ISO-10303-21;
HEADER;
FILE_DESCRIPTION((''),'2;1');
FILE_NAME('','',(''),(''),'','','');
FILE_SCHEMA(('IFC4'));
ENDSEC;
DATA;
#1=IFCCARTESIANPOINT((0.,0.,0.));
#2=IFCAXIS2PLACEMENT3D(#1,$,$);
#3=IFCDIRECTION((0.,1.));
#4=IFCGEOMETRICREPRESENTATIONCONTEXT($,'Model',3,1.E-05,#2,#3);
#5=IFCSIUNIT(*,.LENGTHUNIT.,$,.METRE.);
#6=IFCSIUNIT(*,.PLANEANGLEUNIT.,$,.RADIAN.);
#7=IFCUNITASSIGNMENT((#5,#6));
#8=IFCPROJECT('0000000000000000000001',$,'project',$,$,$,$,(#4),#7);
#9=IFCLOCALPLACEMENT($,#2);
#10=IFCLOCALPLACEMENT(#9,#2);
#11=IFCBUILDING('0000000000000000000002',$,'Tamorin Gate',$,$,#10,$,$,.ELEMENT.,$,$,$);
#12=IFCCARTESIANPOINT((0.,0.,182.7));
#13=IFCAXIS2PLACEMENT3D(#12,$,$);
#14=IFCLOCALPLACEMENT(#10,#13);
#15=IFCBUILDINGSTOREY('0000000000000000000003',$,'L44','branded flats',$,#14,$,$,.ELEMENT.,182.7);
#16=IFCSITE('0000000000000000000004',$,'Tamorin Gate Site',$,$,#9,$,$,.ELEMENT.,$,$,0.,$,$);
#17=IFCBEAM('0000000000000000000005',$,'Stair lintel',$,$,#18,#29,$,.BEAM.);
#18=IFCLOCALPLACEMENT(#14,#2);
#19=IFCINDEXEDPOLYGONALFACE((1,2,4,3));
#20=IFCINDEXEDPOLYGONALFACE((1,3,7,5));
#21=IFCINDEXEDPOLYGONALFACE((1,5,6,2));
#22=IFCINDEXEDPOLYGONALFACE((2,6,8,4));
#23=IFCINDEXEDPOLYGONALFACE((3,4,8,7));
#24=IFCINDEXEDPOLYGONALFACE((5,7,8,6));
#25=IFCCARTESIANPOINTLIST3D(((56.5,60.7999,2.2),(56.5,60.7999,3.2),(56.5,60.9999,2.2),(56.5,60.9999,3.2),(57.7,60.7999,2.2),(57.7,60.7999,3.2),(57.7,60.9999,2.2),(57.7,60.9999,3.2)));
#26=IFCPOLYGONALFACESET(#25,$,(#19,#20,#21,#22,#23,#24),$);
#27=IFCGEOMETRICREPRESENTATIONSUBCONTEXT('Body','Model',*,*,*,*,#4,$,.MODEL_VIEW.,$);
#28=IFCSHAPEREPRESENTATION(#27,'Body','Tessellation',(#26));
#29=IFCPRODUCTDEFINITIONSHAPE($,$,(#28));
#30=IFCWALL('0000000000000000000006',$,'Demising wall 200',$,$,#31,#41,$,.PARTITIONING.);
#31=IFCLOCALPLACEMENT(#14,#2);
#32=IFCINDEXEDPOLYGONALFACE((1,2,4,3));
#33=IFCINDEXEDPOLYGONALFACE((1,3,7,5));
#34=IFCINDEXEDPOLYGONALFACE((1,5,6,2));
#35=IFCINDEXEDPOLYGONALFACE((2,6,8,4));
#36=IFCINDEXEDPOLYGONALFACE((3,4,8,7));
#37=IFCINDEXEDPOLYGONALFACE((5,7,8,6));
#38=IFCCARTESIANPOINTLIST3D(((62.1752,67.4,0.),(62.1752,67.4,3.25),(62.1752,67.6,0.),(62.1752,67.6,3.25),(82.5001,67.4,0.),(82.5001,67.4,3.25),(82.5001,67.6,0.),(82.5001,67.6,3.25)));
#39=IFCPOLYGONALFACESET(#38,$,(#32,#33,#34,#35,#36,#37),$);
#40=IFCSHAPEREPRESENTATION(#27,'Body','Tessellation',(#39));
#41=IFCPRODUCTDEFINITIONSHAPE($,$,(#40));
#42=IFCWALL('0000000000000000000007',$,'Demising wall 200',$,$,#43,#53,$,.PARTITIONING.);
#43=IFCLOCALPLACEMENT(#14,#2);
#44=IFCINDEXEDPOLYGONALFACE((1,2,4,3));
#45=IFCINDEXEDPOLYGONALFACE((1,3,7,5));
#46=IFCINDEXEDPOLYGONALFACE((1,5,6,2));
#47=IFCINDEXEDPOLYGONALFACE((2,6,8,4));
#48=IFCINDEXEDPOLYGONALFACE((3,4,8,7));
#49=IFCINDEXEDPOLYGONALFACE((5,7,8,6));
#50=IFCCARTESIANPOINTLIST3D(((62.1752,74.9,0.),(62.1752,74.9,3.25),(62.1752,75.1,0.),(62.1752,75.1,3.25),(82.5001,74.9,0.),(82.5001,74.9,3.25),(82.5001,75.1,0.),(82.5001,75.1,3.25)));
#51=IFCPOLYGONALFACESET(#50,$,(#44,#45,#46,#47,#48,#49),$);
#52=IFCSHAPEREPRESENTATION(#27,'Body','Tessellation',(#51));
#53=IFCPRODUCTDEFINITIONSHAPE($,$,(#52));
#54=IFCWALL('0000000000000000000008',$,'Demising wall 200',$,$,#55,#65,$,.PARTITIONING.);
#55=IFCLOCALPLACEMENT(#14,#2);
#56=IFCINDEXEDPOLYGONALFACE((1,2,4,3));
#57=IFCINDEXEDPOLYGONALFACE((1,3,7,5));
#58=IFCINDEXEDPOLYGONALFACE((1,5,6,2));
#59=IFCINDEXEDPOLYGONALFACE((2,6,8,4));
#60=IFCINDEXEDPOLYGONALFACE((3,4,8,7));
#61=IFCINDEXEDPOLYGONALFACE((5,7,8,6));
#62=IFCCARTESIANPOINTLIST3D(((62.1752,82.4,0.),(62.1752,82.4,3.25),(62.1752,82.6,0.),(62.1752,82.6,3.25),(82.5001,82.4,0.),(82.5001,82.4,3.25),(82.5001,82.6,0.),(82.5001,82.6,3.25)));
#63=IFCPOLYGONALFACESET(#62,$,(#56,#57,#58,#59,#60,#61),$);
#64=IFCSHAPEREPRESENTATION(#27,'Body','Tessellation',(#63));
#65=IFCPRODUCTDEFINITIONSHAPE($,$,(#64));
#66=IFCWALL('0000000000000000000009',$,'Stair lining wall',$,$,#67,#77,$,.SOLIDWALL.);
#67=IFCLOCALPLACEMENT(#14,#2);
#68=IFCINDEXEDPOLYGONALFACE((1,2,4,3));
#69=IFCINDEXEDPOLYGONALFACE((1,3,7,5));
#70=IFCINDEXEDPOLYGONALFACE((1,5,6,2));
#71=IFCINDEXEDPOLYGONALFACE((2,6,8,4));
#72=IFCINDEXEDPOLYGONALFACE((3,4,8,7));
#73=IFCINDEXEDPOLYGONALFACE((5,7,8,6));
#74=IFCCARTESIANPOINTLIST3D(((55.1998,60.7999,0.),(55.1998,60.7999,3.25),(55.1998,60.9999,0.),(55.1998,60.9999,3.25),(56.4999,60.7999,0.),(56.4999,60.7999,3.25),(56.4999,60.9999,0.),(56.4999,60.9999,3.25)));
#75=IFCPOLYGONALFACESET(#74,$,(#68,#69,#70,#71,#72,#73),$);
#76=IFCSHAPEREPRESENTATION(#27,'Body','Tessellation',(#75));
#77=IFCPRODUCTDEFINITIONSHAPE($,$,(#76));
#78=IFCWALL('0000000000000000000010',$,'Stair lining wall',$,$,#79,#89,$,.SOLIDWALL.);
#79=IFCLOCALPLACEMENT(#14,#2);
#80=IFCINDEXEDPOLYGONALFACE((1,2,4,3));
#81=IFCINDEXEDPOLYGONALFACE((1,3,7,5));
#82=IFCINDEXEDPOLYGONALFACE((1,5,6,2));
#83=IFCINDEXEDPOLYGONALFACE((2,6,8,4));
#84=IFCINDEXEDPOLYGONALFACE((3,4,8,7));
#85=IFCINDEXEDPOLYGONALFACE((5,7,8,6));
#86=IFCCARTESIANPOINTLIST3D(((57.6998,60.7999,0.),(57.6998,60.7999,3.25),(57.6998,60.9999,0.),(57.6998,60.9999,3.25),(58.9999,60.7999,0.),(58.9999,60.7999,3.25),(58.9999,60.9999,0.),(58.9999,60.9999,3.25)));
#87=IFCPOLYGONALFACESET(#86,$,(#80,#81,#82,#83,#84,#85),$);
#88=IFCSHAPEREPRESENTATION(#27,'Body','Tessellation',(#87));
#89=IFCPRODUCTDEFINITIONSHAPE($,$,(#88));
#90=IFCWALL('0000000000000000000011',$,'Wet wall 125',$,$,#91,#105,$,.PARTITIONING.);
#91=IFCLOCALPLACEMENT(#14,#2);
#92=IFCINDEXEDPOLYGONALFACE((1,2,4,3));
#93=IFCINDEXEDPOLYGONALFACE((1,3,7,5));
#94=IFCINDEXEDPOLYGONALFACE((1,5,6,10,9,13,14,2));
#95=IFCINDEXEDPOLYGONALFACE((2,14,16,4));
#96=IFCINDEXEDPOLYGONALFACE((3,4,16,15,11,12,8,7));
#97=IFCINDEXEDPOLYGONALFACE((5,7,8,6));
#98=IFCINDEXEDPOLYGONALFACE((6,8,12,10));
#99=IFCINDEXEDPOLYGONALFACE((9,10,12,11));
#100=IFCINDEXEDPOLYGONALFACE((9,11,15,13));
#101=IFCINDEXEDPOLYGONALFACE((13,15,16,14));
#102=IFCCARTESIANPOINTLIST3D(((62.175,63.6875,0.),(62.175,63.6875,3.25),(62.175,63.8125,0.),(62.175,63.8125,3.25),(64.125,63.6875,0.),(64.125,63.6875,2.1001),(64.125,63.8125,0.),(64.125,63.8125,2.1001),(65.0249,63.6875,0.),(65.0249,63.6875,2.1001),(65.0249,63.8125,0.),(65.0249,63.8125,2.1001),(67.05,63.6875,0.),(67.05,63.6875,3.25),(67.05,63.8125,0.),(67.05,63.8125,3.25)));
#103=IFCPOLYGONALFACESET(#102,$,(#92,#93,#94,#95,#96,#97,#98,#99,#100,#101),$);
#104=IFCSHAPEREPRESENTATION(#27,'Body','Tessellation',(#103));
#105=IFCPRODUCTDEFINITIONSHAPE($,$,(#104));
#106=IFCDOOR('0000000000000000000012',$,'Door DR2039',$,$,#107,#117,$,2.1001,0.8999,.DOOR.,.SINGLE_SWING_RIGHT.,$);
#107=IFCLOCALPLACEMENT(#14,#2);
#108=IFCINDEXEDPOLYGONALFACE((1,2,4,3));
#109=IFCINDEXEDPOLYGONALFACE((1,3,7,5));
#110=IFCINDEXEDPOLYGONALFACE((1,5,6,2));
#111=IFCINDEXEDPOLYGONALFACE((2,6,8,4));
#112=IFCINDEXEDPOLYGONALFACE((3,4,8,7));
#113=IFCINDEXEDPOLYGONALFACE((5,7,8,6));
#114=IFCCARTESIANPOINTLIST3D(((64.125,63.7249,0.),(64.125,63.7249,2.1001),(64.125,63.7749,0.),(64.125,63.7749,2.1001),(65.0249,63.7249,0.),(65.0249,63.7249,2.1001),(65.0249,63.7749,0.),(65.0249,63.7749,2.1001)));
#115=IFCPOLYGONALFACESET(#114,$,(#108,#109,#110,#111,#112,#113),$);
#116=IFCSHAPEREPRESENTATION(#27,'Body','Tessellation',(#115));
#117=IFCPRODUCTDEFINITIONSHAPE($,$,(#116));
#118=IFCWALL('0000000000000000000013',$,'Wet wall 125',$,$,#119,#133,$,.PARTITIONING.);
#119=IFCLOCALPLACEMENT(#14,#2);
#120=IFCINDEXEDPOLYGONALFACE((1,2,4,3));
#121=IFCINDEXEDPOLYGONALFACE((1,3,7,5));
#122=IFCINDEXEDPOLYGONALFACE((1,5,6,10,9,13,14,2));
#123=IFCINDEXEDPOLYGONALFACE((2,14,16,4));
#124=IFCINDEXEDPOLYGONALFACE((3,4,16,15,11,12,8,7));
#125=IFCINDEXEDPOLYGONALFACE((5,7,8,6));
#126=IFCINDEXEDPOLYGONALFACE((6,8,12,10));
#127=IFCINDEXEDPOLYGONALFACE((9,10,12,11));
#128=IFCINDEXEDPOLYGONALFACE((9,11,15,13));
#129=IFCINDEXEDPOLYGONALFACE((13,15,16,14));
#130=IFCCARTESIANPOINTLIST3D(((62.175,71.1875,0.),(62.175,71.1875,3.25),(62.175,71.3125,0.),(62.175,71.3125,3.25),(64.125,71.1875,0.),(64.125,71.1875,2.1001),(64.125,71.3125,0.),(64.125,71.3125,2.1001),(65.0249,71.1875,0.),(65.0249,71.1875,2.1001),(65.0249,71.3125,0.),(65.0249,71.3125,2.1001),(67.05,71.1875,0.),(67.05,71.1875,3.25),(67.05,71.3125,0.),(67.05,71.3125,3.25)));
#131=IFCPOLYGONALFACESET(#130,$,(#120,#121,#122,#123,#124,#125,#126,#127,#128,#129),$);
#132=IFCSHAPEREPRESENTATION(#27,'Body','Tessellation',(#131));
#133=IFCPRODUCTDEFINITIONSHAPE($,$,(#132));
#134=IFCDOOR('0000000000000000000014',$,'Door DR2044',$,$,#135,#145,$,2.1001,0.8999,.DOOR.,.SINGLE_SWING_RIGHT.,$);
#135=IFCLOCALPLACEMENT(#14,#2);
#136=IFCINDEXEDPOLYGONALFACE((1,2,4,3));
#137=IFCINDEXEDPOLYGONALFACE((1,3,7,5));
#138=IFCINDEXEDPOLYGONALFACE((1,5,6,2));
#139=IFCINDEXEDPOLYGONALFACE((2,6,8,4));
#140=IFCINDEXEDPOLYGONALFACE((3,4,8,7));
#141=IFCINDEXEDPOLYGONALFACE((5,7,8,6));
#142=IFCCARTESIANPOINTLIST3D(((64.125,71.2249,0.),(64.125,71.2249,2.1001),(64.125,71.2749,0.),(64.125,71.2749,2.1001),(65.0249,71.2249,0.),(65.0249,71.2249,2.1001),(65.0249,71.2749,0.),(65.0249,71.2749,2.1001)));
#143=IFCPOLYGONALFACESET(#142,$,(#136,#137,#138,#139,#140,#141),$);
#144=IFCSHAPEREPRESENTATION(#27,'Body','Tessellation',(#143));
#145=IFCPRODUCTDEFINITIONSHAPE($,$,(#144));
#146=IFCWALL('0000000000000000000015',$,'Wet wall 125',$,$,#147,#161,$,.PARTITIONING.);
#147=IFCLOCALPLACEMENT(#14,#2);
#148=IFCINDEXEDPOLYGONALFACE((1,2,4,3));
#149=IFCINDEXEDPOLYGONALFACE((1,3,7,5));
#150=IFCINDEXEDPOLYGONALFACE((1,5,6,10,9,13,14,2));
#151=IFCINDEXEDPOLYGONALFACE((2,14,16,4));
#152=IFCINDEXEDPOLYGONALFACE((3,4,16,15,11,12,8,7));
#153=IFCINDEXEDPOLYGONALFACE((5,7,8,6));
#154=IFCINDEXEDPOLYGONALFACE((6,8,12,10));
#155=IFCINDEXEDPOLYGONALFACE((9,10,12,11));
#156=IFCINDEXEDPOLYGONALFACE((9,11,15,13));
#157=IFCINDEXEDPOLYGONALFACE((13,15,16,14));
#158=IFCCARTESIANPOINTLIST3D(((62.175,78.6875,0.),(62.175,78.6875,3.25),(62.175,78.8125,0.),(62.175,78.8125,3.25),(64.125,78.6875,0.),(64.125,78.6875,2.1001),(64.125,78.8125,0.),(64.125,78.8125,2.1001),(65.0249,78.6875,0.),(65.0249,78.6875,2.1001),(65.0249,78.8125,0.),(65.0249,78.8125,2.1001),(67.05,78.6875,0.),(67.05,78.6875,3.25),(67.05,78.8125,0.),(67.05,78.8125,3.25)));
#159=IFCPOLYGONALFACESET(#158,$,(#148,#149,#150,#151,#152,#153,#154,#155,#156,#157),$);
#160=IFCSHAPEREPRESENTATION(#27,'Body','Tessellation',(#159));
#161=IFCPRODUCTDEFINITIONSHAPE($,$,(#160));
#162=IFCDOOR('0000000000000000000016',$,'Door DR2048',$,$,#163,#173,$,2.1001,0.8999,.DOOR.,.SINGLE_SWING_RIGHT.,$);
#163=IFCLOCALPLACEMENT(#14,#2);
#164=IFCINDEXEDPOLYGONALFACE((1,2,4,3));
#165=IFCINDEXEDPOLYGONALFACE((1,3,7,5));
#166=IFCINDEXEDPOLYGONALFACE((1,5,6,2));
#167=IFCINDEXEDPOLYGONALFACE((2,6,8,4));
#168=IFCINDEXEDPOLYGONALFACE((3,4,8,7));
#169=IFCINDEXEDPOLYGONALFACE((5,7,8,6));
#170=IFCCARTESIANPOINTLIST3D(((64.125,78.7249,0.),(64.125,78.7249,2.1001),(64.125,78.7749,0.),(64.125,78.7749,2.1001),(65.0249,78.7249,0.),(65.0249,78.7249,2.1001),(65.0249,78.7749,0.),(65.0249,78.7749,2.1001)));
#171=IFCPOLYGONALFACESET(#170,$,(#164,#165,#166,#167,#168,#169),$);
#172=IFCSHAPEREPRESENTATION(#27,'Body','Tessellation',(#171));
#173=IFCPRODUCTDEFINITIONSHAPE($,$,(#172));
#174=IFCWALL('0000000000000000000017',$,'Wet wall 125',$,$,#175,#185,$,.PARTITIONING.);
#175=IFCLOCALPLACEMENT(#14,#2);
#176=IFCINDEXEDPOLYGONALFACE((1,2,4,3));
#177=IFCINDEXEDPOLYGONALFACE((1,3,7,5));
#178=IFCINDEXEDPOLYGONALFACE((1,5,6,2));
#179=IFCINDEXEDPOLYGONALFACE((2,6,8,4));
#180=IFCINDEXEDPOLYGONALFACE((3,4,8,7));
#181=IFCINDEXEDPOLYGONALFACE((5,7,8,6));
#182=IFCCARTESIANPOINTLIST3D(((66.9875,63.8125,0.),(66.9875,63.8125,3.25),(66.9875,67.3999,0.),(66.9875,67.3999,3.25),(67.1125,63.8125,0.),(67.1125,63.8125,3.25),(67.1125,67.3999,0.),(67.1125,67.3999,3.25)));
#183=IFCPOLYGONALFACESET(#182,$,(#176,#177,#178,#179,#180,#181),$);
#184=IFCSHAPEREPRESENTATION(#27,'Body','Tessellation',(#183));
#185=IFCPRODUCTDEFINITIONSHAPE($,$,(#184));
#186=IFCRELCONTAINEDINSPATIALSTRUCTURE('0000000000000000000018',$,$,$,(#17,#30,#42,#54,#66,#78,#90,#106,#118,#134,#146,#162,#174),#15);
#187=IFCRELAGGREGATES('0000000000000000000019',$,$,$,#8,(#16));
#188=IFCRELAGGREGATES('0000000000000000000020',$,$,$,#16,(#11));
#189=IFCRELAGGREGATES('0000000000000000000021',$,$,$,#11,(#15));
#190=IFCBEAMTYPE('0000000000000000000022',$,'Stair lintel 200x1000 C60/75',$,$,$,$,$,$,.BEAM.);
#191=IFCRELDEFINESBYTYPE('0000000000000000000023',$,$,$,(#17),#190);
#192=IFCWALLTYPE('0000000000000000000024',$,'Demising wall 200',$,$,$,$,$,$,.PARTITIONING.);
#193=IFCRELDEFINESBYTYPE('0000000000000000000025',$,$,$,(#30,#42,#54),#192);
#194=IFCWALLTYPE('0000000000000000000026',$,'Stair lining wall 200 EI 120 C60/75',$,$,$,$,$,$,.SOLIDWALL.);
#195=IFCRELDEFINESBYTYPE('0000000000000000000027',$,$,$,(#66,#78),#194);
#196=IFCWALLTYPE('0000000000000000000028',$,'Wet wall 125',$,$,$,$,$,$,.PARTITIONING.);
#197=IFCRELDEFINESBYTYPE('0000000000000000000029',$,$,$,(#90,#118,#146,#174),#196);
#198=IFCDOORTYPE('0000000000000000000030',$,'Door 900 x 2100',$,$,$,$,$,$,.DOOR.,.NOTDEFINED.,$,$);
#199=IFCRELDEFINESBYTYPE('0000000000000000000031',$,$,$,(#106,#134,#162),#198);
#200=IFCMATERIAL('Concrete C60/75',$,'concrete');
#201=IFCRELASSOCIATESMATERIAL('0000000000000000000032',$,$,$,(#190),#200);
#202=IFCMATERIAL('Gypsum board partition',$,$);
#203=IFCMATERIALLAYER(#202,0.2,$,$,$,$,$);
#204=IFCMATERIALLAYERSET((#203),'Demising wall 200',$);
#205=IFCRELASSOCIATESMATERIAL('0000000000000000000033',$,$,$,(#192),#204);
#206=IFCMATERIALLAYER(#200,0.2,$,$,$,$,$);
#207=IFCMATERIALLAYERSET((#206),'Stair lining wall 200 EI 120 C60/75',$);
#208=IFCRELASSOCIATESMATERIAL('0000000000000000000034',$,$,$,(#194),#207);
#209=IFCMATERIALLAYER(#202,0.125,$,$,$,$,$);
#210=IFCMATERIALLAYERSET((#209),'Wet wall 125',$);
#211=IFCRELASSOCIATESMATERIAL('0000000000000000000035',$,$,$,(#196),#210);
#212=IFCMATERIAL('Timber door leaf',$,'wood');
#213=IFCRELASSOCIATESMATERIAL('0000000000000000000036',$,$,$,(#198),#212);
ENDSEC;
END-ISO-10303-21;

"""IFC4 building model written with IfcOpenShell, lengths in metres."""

from ifc_helpers import new_model, si_unit, direction, frame, frame_2d, origin, origin_2d, place, context, subcontext, project, spatial, rectangle, extrude, material, layer, layer_set, material_profile, profile_set, type_object, element, fill, save


model = new_model("IFC4")

# Units and contexts
model_context = context("Model", 3, precision=1e-05, world=origin(), true_north=direction((0.0, 1.0)))
body_context = subcontext(model_context, "Body", "Model", "MODEL_VIEW")
ifc_project = project(units=[si_unit("LENGTHUNIT", "METRE"), si_unit("PLANEANGLEUNIT", "RADIAN")], contexts=[model_context])

# Site, building, storey
site_placement = place(None, origin())
site = spatial("IfcSite", under=ifc_project, at=site_placement, Name="Tamorin Gate Site", CompositionType="ELEMENT", RefElevation=0.0)
building_placement = place(site_placement, origin())
building = spatial("IfcBuilding", under=site, at=building_placement, Name="Tamorin Gate", CompositionType="ELEMENT")
storey_placement = place(building_placement, frame((0.0, 0.0, 182.7)))
storey = spatial("IfcBuildingStorey", under=building, at=storey_placement, Name="L44", Description="branded flats", CompositionType="ELEMENT", Elevation=182.7)

# Beam
ifc_material_1 = material(Name="Concrete C60/75", Category="concrete")
ifc_material_profile = material_profile(ifc_material_1, rectangle(XDim=0.2, YDim=1.0, at=origin_2d()))
ifc_profile_set = profile_set([ifc_material_profile], Name="Concrete C60/75")
beam_type = type_object("IfcBeamType", Name="Stair lintel 200x1000 C60/75", PredefinedType="BEAM", material=ifc_profile_set)
beam_placement = place(storey_placement, frame((56.5, 60.8999, 2.7), z_axis=(1.0, 0.0, 0.0), x_axis=(0.0, 1.0, 0.0)))
element("IfcBeam", 1, at=beam_placement, inside=storey, type_object=beam_type, Name="Stair lintel", PredefinedType="BEAM", context=body_context, shape_type="SweptSolid", body=[
    extrude(rectangle(XDim=0.2, YDim=1.0, at=origin_2d()), origin(), (0.0, 0.0, 1.0), 1.2),
])

# Walls
ifc_material_2 = material(Name="Gypsum board partition")
ifc_layer_1 = layer(ifc_material_2, 0.2)
ifc_layer_set_1 = layer_set([ifc_layer_1], Name="Demising wall 200")
wall_type_1 = type_object("IfcWallType", Name="Demising wall 200", PredefinedType="PARTITIONING", material=ifc_layer_set_1)
for number, where, z_axis, x_axis, name in (
    (2, (62.175, 67.5, 0.0), (0.0, 0.0, 1.0), (1.0, 0.0, 0.0), "Demising wall 200"),
    (3, (62.175, 75.0, 0.0), (0.0, 0.0, 1.0), (1.0, 0.0, 0.0), "Demising wall 200"),
    (4, (62.175, 82.5, 0.0), (0.0, 0.0, 1.0), (1.0, 0.0, 0.0), "Demising wall 200"),
):
    element("IfcWall", number, at=place(storey_placement, frame(where, z_axis=z_axis, x_axis=x_axis)), inside=storey, type_object=wall_type_1, Name=name, PredefinedType="PARTITIONING", context=body_context, shape_type="SweptSolid", body=[
        extrude(rectangle(XDim=20.325, YDim=0.2, at=frame_2d((10.1626, 0.0))), origin(), (0.0, 0.0, 1.0), 3.25),
    ])
ifc_layer_2 = layer(ifc_material_1, 0.2)
ifc_layer_set_2 = layer_set([ifc_layer_2], Name="Stair lining wall 200 EI 120 C60/75")
wall_type_2 = type_object("IfcWallType", Name="Stair lining wall 200 EI 120 C60/75", PredefinedType="SOLIDWALL", material=ifc_layer_set_2)
for number, where, z_axis, x_axis, name in (
    (5, (55.2, 60.8999, 0.0), (0.0, 0.0, 1.0), (1.0, 0.0, 0.0), "Stair lining wall"),
    (6, (57.7, 60.8999, 0.0), (0.0, 0.0, 1.0), (1.0, 0.0, 0.0), "Stair lining wall"),
):
    element("IfcWall", number, at=place(storey_placement, frame(where, z_axis=z_axis, x_axis=x_axis)), inside=storey, type_object=wall_type_2, Name=name, PredefinedType="SOLIDWALL", context=body_context, shape_type="SweptSolid", body=[
        extrude(rectangle(XDim=1.3, YDim=0.2, at=frame_2d((0.6499, 0.0))), origin(), (0.0, 0.0, 1.0), 3.25),
    ])

# Walls, openings, doors
ifc_layer_3 = layer(ifc_material_2, 0.125)
ifc_layer_set_3 = layer_set([ifc_layer_3], Name="Wet wall 125")
wall_type_3 = type_object("IfcWallType", Name="Wet wall 125", PredefinedType="PARTITIONING", material=ifc_layer_set_3)
wall_1_placement = place(storey_placement, frame((62.175, 63.75, 0.0), z_axis=(0.0, 0.0, 1.0), x_axis=(1.0, 0.0, 0.0)))
wall_1 = element("IfcWall", 7, at=wall_1_placement, inside=storey, type_object=wall_type_3, Name="Wet wall 125", PredefinedType="PARTITIONING", context=body_context, shape_type="SweptSolid", body=[
    extrude(rectangle(XDim=4.875, YDim=0.125, at=frame_2d((2.4375, 0.0))), origin(), (0.0, 0.0, 1.0), 3.25),
])
opening_1_placement = place(wall_1_placement, frame((1.95, 0.0, 0.0)))
opening_1 = element("IfcOpeningElement", 8, at=opening_1_placement, cuts=wall_1, PredefinedType="OPENING", context=body_context, shape_type="SweptSolid", body=[
    extrude(rectangle(XDim=0.8999, YDim=2.1001, at=frame_2d((0.45, 1.05))), frame((0.0, 0.0725, 0.0), z_axis=(0.0, -1.0, 0.0), x_axis=(1.0, 0.0, 0.0)), (0.0, 0.0, 1.0), 0.145),
])
ifc_material_3 = material(Name="Timber door leaf", Category="wood")
door_type = type_object("IfcDoorType", Name="Door 900 x 2100", OperationType="NOTDEFINED", PredefinedType="DOOR", material=ifc_material_3)
door_1_placement = place(opening_1_placement, origin())
door_1 = element("IfcDoor", 9, at=door_1_placement, inside=storey, type_object=door_type, Name="Door DR2039", OperationType="SINGLE_SWING_RIGHT", OverallHeight=2.1001, OverallWidth=0.8999, PredefinedType="DOOR", context=body_context, shape_type="SweptSolid", body=[
    extrude(rectangle(XDim=0.8999, YDim=2.1001, at=frame_2d((0.45, 1.05))), frame((0.0, 0.0249, 0.0), z_axis=(0.0, -1.0, 0.0), x_axis=(1.0, 0.0, 0.0)), (0.0, 0.0, 1.0), 0.05),
])
fill(opening_1, door_1)
wall_2_placement = place(storey_placement, frame((62.175, 71.25, 0.0), z_axis=(0.0, 0.0, 1.0), x_axis=(1.0, 0.0, 0.0)))
wall_2 = element("IfcWall", 10, at=wall_2_placement, inside=storey, type_object=wall_type_3, Name="Wet wall 125", PredefinedType="PARTITIONING", context=body_context, shape_type="SweptSolid", body=[
    extrude(rectangle(XDim=4.875, YDim=0.125, at=frame_2d((2.4375, 0.0))), origin(), (0.0, 0.0, 1.0), 3.25),
])
opening_2_placement = place(wall_2_placement, frame((1.95, 0.0, 0.0)))
opening_2 = element("IfcOpeningElement", 11, at=opening_2_placement, cuts=wall_2, PredefinedType="OPENING", context=body_context, shape_type="SweptSolid", body=[
    extrude(rectangle(XDim=0.8999, YDim=2.1001, at=frame_2d((0.45, 1.05))), frame((0.0, 0.0725, 0.0), z_axis=(0.0, -1.0, 0.0), x_axis=(1.0, 0.0, 0.0)), (0.0, 0.0, 1.0), 0.145),
])
door_2_placement = place(opening_2_placement, origin())
door_2 = element("IfcDoor", 12, at=door_2_placement, inside=storey, type_object=door_type, Name="Door DR2044", OperationType="SINGLE_SWING_RIGHT", OverallHeight=2.1001, OverallWidth=0.8999, PredefinedType="DOOR", context=body_context, shape_type="SweptSolid", body=[
    extrude(rectangle(XDim=0.8999, YDim=2.1001, at=frame_2d((0.45, 1.05))), frame((0.0, 0.0249, 0.0), z_axis=(0.0, -1.0, 0.0), x_axis=(1.0, 0.0, 0.0)), (0.0, 0.0, 1.0), 0.05),
])
fill(opening_2, door_2)
wall_3_placement = place(storey_placement, frame((62.175, 78.75, 0.0), z_axis=(0.0, 0.0, 1.0), x_axis=(1.0, 0.0, 0.0)))
wall_3 = element("IfcWall", 13, at=wall_3_placement, inside=storey, type_object=wall_type_3, Name="Wet wall 125", PredefinedType="PARTITIONING", context=body_context, shape_type="SweptSolid", body=[
    extrude(rectangle(XDim=4.875, YDim=0.125, at=frame_2d((2.4375, 0.0))), origin(), (0.0, 0.0, 1.0), 3.25),
])
opening_3_placement = place(wall_3_placement, frame((1.95, 0.0, 0.0)))
opening_3 = element("IfcOpeningElement", 14, at=opening_3_placement, cuts=wall_3, PredefinedType="OPENING", context=body_context, shape_type="SweptSolid", body=[
    extrude(rectangle(XDim=0.8999, YDim=2.1001, at=frame_2d((0.45, 1.05))), frame((0.0, 0.0725, 0.0), z_axis=(0.0, -1.0, 0.0), x_axis=(1.0, 0.0, 0.0)), (0.0, 0.0, 1.0), 0.145),
])
door_3_placement = place(opening_3_placement, origin())
door_3 = element("IfcDoor", 15, at=door_3_placement, inside=storey, type_object=door_type, Name="Door DR2048", OperationType="SINGLE_SWING_RIGHT", OverallHeight=2.1001, OverallWidth=0.8999, PredefinedType="DOOR", context=body_context, shape_type="SweptSolid", body=[
    extrude(rectangle(XDim=0.8999, YDim=2.1001, at=frame_2d((0.45, 1.05))), frame((0.0, 0.0249, 0.0), z_axis=(0.0, -1.0, 0.0), x_axis=(1.0, 0.0, 0.0)), (0.0, 0.0, 1.0), 0.05),
])
fill(opening_3, door_3)

# Wall
for number, where, z_axis, x_axis, name in (
    (16, (67.05, 63.8125, 0.0), (0.0, 0.0, 1.0), (0.0, 1.0, 0.0), "Wet wall 125"),
):
    element("IfcWall", number, at=place(storey_placement, frame(where, z_axis=z_axis, x_axis=x_axis)), inside=storey, type_object=wall_type_3, Name=name, PredefinedType="PARTITIONING", context=body_context, shape_type="SweptSolid", body=[
        extrude(rectangle(XDim=3.5874, YDim=0.125, at=frame_2d((1.7937, 0.0))), origin(), (0.0, 0.0, 1.0), 3.25),
    ])

save(model, "model.ifc")
